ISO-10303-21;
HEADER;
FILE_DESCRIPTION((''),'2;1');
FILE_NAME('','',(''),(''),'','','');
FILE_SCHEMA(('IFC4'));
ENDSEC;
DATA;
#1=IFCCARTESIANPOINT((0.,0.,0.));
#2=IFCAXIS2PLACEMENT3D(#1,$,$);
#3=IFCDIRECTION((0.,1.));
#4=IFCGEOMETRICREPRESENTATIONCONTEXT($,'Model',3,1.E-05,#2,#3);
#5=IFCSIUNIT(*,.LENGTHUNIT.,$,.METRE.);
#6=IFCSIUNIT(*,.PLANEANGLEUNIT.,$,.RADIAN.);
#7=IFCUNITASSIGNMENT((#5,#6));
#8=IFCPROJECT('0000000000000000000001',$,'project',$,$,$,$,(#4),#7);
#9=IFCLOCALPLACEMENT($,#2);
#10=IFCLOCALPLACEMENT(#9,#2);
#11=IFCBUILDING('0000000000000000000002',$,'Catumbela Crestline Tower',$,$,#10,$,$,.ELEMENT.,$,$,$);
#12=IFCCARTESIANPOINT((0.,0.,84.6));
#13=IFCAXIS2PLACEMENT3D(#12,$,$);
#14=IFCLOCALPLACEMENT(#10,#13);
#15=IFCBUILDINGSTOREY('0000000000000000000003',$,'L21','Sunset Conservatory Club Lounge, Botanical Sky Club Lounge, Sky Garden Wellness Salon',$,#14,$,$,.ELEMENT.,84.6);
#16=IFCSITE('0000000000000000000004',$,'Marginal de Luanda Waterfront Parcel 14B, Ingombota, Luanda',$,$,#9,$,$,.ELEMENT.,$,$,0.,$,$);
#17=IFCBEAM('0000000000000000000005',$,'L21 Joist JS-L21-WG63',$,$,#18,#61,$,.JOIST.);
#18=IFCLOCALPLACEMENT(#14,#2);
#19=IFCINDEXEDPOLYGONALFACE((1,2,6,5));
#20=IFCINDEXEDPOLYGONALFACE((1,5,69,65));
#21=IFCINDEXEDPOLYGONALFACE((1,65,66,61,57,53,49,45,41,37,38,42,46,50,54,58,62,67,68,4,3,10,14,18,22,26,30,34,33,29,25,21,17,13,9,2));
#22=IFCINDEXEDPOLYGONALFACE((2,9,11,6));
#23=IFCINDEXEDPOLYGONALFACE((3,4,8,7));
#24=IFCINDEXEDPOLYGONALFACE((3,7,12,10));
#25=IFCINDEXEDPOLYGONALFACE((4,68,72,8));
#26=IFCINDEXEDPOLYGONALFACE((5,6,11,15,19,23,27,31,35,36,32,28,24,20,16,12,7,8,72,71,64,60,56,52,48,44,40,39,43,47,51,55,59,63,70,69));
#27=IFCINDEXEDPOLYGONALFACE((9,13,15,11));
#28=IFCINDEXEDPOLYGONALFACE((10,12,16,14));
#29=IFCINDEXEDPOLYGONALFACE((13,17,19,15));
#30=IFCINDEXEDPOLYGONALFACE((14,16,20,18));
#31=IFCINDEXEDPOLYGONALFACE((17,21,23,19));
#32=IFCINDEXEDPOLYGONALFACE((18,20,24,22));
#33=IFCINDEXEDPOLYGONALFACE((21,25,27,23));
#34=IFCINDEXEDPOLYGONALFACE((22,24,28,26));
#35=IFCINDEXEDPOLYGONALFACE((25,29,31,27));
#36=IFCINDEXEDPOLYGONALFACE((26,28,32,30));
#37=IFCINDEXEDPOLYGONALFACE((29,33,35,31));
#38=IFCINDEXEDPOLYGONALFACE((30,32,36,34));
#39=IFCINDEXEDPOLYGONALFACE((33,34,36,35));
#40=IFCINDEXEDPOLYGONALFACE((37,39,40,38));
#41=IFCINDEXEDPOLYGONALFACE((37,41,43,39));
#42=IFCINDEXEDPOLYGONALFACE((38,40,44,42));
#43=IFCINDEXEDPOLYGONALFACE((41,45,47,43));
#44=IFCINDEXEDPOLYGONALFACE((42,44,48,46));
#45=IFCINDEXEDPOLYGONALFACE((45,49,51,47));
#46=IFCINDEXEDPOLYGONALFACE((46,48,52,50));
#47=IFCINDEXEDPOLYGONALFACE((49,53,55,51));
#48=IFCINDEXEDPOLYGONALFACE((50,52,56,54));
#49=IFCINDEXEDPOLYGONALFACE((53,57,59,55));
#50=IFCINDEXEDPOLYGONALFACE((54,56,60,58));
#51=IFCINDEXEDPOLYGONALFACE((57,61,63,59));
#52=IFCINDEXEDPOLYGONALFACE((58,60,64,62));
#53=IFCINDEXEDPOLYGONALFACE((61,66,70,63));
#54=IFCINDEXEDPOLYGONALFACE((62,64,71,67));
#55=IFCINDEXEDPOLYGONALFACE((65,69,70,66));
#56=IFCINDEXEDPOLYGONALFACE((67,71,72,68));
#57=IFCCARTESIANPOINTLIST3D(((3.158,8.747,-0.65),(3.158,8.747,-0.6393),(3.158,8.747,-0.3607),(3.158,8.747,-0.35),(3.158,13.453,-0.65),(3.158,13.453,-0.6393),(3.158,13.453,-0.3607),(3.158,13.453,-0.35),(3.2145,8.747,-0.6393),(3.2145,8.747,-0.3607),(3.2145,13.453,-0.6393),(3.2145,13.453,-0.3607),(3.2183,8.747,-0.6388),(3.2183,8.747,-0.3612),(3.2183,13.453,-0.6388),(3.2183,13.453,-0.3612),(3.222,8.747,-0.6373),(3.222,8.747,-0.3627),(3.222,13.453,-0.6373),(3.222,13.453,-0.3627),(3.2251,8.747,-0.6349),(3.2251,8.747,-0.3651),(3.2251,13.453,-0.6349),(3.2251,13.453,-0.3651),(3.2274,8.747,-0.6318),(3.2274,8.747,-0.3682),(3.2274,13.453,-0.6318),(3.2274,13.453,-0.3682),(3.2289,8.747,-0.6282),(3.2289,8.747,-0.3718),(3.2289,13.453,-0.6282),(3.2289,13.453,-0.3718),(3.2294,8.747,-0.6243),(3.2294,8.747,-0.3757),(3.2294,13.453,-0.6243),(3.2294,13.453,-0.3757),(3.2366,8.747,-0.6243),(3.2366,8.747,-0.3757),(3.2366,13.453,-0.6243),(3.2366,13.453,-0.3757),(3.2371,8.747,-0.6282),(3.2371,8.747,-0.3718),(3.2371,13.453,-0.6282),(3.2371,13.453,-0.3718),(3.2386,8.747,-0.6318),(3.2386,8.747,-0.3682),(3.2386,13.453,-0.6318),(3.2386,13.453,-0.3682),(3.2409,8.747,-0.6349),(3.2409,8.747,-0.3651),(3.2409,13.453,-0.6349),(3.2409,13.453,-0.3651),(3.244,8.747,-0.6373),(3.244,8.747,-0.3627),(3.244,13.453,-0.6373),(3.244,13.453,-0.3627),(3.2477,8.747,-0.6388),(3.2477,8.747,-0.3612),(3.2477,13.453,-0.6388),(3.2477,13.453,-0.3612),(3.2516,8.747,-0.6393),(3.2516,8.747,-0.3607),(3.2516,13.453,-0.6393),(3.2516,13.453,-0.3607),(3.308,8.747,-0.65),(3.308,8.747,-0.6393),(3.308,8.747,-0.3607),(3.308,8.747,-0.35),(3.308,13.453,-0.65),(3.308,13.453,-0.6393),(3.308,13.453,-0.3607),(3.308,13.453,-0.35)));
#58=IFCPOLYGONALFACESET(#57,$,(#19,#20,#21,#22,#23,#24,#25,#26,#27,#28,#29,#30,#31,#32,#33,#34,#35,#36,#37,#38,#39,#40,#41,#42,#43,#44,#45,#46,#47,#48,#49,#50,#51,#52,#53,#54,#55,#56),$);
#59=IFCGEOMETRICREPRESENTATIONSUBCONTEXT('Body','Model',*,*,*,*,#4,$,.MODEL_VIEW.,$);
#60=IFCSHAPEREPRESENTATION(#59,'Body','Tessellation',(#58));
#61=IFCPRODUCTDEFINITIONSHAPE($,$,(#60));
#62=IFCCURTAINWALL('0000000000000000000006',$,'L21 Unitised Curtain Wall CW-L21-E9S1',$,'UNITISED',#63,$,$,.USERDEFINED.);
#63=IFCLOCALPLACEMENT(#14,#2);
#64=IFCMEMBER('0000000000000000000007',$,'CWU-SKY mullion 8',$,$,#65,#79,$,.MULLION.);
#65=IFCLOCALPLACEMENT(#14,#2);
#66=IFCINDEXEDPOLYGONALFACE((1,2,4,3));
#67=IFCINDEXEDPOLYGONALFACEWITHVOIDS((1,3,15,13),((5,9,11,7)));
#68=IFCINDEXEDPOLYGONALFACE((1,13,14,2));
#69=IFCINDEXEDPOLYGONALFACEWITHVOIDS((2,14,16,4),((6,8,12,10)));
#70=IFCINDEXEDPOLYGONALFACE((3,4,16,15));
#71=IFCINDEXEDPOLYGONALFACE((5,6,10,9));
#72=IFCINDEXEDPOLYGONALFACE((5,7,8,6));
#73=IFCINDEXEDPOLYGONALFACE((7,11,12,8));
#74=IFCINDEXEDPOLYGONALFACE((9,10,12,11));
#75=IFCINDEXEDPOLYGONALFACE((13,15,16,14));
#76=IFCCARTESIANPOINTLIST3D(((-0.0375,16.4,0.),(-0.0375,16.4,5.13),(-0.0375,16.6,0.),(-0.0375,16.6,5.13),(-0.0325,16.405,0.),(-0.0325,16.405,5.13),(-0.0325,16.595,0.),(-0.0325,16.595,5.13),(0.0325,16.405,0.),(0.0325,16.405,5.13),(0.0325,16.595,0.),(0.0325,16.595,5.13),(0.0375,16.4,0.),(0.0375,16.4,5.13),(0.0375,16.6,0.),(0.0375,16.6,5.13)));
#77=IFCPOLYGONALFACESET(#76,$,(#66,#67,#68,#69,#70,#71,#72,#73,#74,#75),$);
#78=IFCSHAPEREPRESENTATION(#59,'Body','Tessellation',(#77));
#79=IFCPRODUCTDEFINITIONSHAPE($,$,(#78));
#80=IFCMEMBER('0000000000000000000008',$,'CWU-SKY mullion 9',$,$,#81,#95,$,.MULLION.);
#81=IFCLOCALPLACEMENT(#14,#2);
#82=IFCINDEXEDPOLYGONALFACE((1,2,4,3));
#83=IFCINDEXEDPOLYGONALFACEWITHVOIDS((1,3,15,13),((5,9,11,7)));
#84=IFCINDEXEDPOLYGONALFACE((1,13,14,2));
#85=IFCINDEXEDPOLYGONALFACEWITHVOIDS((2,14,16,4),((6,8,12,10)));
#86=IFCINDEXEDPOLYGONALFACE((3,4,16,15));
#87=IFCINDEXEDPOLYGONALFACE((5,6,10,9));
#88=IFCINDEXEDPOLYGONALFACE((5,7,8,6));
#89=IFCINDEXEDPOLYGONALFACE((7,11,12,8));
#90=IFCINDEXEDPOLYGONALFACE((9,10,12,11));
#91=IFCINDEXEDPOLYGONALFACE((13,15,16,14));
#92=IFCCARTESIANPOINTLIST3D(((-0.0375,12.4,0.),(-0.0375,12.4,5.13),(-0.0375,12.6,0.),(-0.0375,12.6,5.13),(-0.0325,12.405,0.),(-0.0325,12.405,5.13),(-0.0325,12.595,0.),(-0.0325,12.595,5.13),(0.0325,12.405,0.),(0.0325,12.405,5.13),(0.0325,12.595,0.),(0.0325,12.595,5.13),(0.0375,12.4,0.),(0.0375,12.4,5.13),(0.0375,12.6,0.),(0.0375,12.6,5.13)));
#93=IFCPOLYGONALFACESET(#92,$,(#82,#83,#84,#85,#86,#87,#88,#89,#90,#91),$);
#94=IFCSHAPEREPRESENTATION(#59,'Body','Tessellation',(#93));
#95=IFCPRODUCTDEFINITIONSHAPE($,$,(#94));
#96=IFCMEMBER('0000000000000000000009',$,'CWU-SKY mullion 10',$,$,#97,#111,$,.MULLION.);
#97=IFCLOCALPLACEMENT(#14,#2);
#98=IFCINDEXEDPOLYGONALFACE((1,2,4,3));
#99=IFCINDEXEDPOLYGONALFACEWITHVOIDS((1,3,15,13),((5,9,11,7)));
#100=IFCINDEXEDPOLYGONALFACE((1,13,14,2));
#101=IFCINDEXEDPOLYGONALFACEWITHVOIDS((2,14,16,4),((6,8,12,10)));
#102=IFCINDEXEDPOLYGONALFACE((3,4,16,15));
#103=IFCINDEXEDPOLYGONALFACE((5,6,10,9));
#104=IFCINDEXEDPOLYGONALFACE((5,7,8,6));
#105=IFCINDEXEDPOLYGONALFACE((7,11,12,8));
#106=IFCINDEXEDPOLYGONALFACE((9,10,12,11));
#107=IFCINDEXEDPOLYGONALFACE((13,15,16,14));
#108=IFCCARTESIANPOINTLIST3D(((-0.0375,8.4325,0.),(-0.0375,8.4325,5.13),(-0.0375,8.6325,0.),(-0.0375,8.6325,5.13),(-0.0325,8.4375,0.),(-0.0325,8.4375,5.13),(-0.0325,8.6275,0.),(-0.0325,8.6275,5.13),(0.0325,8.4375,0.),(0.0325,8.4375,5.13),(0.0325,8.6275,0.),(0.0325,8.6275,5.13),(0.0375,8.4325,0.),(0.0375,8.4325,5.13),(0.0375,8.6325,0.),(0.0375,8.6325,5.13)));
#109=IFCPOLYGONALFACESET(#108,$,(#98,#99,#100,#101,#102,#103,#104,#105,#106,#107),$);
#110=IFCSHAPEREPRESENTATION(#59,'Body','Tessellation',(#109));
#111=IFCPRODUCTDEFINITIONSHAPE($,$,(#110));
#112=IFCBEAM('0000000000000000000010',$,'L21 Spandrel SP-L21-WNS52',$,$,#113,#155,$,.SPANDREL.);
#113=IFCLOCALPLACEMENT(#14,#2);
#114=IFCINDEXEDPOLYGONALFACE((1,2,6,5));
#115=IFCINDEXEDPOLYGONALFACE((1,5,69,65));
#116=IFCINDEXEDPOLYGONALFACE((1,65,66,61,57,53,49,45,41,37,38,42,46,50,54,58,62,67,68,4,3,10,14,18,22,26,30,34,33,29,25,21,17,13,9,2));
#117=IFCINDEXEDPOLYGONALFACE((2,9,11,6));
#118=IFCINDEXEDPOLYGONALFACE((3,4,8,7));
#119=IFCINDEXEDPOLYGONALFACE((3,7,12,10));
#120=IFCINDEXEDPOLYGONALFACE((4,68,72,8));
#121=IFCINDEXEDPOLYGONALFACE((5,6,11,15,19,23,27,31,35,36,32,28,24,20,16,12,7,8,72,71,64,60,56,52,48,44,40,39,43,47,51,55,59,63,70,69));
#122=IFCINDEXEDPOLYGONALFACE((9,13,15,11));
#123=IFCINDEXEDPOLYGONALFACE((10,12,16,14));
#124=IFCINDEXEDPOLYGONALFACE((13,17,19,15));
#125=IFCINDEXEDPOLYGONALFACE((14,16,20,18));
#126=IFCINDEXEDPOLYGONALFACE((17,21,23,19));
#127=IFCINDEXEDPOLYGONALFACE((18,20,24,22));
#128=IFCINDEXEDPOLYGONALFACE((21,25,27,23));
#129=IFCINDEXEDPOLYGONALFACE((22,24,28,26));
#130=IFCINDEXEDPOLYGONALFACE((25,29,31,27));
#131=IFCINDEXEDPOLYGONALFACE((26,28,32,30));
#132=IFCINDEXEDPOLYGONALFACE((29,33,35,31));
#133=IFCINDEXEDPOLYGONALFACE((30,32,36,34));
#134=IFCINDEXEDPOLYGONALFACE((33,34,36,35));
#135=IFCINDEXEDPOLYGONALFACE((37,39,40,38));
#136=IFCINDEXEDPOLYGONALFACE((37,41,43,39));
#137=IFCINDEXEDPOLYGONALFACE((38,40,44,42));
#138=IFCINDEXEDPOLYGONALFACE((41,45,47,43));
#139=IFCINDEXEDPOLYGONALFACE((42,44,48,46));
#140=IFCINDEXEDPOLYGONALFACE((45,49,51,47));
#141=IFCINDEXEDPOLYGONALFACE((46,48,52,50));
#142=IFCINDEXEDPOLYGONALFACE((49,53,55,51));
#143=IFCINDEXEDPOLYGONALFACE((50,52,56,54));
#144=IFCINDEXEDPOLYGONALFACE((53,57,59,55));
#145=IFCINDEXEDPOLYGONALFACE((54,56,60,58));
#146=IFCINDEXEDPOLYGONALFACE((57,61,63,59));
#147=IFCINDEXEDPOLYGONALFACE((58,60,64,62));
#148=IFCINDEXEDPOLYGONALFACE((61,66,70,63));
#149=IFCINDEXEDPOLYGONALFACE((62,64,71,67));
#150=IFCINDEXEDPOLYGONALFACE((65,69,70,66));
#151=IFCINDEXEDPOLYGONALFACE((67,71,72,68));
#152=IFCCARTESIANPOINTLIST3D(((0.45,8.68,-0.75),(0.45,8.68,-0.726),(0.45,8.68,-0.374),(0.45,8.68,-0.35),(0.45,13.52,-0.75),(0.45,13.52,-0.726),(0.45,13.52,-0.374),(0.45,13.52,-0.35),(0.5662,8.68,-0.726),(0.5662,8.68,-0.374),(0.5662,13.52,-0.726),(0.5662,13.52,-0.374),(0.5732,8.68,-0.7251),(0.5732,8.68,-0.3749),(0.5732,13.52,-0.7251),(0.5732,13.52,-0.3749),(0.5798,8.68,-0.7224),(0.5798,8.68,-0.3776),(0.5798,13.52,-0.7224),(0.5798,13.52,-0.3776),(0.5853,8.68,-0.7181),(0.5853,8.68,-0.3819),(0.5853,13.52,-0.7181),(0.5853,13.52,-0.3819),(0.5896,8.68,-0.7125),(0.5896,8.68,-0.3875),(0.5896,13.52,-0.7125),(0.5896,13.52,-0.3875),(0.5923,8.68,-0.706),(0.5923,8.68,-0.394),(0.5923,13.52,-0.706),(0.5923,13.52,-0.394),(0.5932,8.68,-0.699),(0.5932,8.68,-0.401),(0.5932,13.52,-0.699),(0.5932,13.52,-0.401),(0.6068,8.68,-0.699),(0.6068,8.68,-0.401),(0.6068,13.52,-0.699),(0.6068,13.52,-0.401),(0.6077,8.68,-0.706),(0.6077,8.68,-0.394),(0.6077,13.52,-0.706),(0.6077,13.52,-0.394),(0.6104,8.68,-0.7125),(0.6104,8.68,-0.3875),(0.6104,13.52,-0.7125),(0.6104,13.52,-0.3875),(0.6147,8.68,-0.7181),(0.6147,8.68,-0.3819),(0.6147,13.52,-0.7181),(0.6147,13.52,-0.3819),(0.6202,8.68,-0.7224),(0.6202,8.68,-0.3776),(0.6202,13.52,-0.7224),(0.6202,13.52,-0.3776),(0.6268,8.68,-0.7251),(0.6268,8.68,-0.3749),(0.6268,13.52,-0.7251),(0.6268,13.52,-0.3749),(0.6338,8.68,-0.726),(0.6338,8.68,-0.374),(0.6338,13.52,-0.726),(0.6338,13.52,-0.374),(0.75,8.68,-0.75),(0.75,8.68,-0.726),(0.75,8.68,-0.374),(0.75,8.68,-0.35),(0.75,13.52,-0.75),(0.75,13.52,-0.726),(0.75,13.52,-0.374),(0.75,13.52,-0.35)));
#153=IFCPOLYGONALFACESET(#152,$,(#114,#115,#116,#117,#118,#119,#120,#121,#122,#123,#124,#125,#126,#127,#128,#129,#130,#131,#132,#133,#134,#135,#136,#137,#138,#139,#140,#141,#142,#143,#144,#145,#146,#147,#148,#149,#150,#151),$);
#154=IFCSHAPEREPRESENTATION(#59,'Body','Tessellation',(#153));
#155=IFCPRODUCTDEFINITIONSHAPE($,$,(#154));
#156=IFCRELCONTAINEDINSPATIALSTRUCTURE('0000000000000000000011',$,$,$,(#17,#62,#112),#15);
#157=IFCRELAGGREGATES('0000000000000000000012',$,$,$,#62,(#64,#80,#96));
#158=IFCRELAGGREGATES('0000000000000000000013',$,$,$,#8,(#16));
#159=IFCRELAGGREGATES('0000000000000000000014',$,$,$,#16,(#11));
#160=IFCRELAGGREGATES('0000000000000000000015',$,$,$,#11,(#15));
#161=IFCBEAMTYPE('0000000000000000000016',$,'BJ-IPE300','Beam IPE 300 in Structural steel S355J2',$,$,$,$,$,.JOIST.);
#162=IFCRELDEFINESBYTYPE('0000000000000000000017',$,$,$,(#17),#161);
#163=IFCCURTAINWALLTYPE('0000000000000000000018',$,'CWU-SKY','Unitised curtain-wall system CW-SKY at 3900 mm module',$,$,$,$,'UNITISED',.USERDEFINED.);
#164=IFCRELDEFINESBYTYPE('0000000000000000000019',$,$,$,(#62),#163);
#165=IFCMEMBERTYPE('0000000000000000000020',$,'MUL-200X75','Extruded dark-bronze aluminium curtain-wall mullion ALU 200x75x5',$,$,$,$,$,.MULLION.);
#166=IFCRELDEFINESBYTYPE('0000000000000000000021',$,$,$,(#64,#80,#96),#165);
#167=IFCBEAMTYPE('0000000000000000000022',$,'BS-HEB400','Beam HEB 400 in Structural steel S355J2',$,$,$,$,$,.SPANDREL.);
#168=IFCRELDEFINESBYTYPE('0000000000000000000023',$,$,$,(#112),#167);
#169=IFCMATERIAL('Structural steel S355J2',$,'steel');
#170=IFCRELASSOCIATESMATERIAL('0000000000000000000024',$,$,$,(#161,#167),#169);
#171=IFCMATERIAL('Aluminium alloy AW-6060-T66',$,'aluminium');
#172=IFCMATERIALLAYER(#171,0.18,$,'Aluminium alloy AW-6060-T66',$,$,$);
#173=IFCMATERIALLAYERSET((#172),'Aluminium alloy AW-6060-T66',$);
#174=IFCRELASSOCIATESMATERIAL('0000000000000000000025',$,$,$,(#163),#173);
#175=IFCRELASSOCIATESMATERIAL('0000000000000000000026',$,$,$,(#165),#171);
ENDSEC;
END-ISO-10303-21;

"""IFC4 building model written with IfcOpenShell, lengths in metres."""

from ifc_helpers import new_model, si_unit, direction, frame, origin, origin_2d, place, context, subcontext, project, spatial, hollow_rectangle, i_section, extrude, material, layer, layer_set, material_profile, profile_set, type_object, element, aggregate, save


model = new_model("IFC4")

# Units and contexts
model_context = context("Model", 3, precision=1e-05, world=origin(), true_north=direction((0.0, 1.0)))
body_context = subcontext(model_context, "Body", "Model", "MODEL_VIEW")
ifc_project = project(units=[si_unit("LENGTHUNIT", "METRE"), si_unit("PLANEANGLEUNIT", "RADIAN")], contexts=[model_context])

# Site, building, storey
site_placement = place(None, origin())
site = spatial("IfcSite", under=ifc_project, at=site_placement, Name="Marginal de Luanda Waterfront Parcel 14B, Ingombota, Luanda", CompositionType="ELEMENT", RefElevation=0.0)
building_placement = place(site_placement, origin())
building = spatial("IfcBuilding", under=site, at=building_placement, Name="Catumbela Crestline Tower", CompositionType="ELEMENT")
storey_placement = place(building_placement, frame((0.0, 0.0, 84.6)))
storey = spatial("IfcBuildingStorey", under=building, at=storey_placement, Name="L21", Description="Sunset Conservatory Club Lounge, Botanical Sky Club Lounge, Sky Garden Wellness Salon", CompositionType="ELEMENT", Elevation=84.6)

# Beam
ifc_material_1 = material(Name="Structural steel S355J2", Category="steel")
ifc_material_profile_1 = material_profile(ifc_material_1, i_section(OverallWidth=0.15, OverallDepth=0.3, WebThickness=0.0071, FlangeThickness=0.0107, FilletRadius=0.015, at=origin_2d()), Name="IPE 300")
ifc_profile_set_1 = profile_set([ifc_material_profile_1], Name="Structural steel S355J2")
beam_type_1 = type_object("IfcBeamType", Name="BJ-IPE300", Description="Beam IPE 300 in Structural steel S355J2", PredefinedType="JOIST", material=ifc_profile_set_1)
beam_1_placement = place(storey_placement, frame((3.233, 8.747, -0.5), z_axis=(0.0, 1.0, 0.0), x_axis=(-1.0, 0.0, 0.0)))
element("IfcBeam", 1, at=beam_1_placement, inside=storey, type_object=beam_type_1, Name="L21 Joist JS-L21-WG63", PredefinedType="JOIST", context=body_context, shape_type="SweptSolid", body=[
    extrude(i_section(OverallWidth=0.15, OverallDepth=0.3, WebThickness=0.0071, FlangeThickness=0.0107, FilletRadius=0.015, at=origin_2d()), origin(), (0.0, 0.0, 1.0), 4.706),
])

# Curtain wall, members
ifc_material_2 = material(Name="Aluminium alloy AW-6060-T66", Category="aluminium")
ifc_layer_1 = layer(ifc_material_2, 0.18, Name="Aluminium alloy AW-6060-T66")
ifc_layer_set_1 = layer_set([ifc_layer_1], Name="Aluminium alloy AW-6060-T66")
curtain_wall_type = type_object("IfcCurtainWallType", Name="CWU-SKY", Description="Unitised curtain-wall system CW-SKY at 3900 mm module", ElementType="UNITISED", PredefinedType="USERDEFINED", material=ifc_layer_set_1)
curtain_wall_placement = place(storey_placement, origin())
curtain_wall = element("IfcCurtainWall", 2, at=curtain_wall_placement, inside=storey, type_object=curtain_wall_type, Name="L21 Unitised Curtain Wall CW-L21-E9S1", ObjectType="UNITISED", PredefinedType="USERDEFINED")
ifc_material_profile_2 = material_profile(ifc_material_2, hollow_rectangle(XDim=0.075, YDim=0.2, WallThickness=0.005, at=origin_2d()), Name="ALU 200x75x5")
ifc_profile_set_2 = profile_set([ifc_material_profile_2], Name="Aluminium alloy AW-6060-T66")
member_type_1 = type_object("IfcMemberType", Name="MUL-200X75", Description="Extruded dark-bronze aluminium curtain-wall mullion ALU 200x75x5", PredefinedType="MULLION", material=ifc_profile_set_2)
member_1_placement = place(storey_placement, frame((0.0, 16.5, 0.0), z_axis=(0.0, 0.0, 1.0), x_axis=(1.0, 0.0, 0.0)))
member_1 = element("IfcMember", 3, at=member_1_placement, type_object=member_type_1, Name="CWU-SKY mullion 8", PredefinedType="MULLION", context=body_context, shape_type="SweptSolid", body=[
    extrude(hollow_rectangle(XDim=0.075, YDim=0.2, WallThickness=0.005, at=origin_2d()), origin(), (0.0, 0.0, 1.0), 5.13),
])
member_2_placement = place(storey_placement, frame((0.0, 12.5, 0.0), z_axis=(0.0, 0.0, 1.0), x_axis=(1.0, 0.0, 0.0)))
member_2 = element("IfcMember", 4, at=member_2_placement, type_object=member_type_1, Name="CWU-SKY mullion 9", PredefinedType="MULLION", context=body_context, shape_type="SweptSolid", body=[
    extrude(hollow_rectangle(XDim=0.075, YDim=0.2, WallThickness=0.005, at=origin_2d()), origin(), (0.0, 0.0, 1.0), 5.13),
])
member_3_placement = place(storey_placement, frame((0.0, 8.5325, 0.0), z_axis=(0.0, 0.0, 1.0), x_axis=(1.0, 0.0, 0.0)))
member_3 = element("IfcMember", 5, at=member_3_placement, type_object=member_type_1, Name="CWU-SKY mullion 10", PredefinedType="MULLION", context=body_context, shape_type="SweptSolid", body=[
    extrude(hollow_rectangle(XDim=0.075, YDim=0.2, WallThickness=0.005, at=origin_2d()), origin(), (0.0, 0.0, 1.0), 5.13),
])

# Beam
ifc_material_profile_3 = material_profile(ifc_material_1, i_section(OverallWidth=0.3, OverallDepth=0.4, WebThickness=0.0135, FlangeThickness=0.024, FilletRadius=0.027, at=origin_2d()), Name="HEB 400")
ifc_profile_set_3 = profile_set([ifc_material_profile_3], Name="Structural steel S355J2")
beam_type_2 = type_object("IfcBeamType", Name="BS-HEB400", Description="Beam HEB 400 in Structural steel S355J2", PredefinedType="SPANDREL", material=ifc_profile_set_3)
beam_2_placement = place(storey_placement, frame((0.6, 8.68, -0.55), z_axis=(0.0, 1.0, 0.0), x_axis=(-1.0, 0.0, 0.0)))
element("IfcBeam", 6, at=beam_2_placement, inside=storey, type_object=beam_type_2, Name="L21 Spandrel SP-L21-WNS52", PredefinedType="SPANDREL", context=body_context, shape_type="SweptSolid", body=[
    extrude(i_section(OverallWidth=0.3, OverallDepth=0.4, WebThickness=0.0135, FlangeThickness=0.024, FilletRadius=0.027, at=origin_2d()), origin(), (0.0, 0.0, 1.0), 4.84),
])

aggregate(curtain_wall, [member_1, member_2, member_3])

save(model, "model.ifc")
